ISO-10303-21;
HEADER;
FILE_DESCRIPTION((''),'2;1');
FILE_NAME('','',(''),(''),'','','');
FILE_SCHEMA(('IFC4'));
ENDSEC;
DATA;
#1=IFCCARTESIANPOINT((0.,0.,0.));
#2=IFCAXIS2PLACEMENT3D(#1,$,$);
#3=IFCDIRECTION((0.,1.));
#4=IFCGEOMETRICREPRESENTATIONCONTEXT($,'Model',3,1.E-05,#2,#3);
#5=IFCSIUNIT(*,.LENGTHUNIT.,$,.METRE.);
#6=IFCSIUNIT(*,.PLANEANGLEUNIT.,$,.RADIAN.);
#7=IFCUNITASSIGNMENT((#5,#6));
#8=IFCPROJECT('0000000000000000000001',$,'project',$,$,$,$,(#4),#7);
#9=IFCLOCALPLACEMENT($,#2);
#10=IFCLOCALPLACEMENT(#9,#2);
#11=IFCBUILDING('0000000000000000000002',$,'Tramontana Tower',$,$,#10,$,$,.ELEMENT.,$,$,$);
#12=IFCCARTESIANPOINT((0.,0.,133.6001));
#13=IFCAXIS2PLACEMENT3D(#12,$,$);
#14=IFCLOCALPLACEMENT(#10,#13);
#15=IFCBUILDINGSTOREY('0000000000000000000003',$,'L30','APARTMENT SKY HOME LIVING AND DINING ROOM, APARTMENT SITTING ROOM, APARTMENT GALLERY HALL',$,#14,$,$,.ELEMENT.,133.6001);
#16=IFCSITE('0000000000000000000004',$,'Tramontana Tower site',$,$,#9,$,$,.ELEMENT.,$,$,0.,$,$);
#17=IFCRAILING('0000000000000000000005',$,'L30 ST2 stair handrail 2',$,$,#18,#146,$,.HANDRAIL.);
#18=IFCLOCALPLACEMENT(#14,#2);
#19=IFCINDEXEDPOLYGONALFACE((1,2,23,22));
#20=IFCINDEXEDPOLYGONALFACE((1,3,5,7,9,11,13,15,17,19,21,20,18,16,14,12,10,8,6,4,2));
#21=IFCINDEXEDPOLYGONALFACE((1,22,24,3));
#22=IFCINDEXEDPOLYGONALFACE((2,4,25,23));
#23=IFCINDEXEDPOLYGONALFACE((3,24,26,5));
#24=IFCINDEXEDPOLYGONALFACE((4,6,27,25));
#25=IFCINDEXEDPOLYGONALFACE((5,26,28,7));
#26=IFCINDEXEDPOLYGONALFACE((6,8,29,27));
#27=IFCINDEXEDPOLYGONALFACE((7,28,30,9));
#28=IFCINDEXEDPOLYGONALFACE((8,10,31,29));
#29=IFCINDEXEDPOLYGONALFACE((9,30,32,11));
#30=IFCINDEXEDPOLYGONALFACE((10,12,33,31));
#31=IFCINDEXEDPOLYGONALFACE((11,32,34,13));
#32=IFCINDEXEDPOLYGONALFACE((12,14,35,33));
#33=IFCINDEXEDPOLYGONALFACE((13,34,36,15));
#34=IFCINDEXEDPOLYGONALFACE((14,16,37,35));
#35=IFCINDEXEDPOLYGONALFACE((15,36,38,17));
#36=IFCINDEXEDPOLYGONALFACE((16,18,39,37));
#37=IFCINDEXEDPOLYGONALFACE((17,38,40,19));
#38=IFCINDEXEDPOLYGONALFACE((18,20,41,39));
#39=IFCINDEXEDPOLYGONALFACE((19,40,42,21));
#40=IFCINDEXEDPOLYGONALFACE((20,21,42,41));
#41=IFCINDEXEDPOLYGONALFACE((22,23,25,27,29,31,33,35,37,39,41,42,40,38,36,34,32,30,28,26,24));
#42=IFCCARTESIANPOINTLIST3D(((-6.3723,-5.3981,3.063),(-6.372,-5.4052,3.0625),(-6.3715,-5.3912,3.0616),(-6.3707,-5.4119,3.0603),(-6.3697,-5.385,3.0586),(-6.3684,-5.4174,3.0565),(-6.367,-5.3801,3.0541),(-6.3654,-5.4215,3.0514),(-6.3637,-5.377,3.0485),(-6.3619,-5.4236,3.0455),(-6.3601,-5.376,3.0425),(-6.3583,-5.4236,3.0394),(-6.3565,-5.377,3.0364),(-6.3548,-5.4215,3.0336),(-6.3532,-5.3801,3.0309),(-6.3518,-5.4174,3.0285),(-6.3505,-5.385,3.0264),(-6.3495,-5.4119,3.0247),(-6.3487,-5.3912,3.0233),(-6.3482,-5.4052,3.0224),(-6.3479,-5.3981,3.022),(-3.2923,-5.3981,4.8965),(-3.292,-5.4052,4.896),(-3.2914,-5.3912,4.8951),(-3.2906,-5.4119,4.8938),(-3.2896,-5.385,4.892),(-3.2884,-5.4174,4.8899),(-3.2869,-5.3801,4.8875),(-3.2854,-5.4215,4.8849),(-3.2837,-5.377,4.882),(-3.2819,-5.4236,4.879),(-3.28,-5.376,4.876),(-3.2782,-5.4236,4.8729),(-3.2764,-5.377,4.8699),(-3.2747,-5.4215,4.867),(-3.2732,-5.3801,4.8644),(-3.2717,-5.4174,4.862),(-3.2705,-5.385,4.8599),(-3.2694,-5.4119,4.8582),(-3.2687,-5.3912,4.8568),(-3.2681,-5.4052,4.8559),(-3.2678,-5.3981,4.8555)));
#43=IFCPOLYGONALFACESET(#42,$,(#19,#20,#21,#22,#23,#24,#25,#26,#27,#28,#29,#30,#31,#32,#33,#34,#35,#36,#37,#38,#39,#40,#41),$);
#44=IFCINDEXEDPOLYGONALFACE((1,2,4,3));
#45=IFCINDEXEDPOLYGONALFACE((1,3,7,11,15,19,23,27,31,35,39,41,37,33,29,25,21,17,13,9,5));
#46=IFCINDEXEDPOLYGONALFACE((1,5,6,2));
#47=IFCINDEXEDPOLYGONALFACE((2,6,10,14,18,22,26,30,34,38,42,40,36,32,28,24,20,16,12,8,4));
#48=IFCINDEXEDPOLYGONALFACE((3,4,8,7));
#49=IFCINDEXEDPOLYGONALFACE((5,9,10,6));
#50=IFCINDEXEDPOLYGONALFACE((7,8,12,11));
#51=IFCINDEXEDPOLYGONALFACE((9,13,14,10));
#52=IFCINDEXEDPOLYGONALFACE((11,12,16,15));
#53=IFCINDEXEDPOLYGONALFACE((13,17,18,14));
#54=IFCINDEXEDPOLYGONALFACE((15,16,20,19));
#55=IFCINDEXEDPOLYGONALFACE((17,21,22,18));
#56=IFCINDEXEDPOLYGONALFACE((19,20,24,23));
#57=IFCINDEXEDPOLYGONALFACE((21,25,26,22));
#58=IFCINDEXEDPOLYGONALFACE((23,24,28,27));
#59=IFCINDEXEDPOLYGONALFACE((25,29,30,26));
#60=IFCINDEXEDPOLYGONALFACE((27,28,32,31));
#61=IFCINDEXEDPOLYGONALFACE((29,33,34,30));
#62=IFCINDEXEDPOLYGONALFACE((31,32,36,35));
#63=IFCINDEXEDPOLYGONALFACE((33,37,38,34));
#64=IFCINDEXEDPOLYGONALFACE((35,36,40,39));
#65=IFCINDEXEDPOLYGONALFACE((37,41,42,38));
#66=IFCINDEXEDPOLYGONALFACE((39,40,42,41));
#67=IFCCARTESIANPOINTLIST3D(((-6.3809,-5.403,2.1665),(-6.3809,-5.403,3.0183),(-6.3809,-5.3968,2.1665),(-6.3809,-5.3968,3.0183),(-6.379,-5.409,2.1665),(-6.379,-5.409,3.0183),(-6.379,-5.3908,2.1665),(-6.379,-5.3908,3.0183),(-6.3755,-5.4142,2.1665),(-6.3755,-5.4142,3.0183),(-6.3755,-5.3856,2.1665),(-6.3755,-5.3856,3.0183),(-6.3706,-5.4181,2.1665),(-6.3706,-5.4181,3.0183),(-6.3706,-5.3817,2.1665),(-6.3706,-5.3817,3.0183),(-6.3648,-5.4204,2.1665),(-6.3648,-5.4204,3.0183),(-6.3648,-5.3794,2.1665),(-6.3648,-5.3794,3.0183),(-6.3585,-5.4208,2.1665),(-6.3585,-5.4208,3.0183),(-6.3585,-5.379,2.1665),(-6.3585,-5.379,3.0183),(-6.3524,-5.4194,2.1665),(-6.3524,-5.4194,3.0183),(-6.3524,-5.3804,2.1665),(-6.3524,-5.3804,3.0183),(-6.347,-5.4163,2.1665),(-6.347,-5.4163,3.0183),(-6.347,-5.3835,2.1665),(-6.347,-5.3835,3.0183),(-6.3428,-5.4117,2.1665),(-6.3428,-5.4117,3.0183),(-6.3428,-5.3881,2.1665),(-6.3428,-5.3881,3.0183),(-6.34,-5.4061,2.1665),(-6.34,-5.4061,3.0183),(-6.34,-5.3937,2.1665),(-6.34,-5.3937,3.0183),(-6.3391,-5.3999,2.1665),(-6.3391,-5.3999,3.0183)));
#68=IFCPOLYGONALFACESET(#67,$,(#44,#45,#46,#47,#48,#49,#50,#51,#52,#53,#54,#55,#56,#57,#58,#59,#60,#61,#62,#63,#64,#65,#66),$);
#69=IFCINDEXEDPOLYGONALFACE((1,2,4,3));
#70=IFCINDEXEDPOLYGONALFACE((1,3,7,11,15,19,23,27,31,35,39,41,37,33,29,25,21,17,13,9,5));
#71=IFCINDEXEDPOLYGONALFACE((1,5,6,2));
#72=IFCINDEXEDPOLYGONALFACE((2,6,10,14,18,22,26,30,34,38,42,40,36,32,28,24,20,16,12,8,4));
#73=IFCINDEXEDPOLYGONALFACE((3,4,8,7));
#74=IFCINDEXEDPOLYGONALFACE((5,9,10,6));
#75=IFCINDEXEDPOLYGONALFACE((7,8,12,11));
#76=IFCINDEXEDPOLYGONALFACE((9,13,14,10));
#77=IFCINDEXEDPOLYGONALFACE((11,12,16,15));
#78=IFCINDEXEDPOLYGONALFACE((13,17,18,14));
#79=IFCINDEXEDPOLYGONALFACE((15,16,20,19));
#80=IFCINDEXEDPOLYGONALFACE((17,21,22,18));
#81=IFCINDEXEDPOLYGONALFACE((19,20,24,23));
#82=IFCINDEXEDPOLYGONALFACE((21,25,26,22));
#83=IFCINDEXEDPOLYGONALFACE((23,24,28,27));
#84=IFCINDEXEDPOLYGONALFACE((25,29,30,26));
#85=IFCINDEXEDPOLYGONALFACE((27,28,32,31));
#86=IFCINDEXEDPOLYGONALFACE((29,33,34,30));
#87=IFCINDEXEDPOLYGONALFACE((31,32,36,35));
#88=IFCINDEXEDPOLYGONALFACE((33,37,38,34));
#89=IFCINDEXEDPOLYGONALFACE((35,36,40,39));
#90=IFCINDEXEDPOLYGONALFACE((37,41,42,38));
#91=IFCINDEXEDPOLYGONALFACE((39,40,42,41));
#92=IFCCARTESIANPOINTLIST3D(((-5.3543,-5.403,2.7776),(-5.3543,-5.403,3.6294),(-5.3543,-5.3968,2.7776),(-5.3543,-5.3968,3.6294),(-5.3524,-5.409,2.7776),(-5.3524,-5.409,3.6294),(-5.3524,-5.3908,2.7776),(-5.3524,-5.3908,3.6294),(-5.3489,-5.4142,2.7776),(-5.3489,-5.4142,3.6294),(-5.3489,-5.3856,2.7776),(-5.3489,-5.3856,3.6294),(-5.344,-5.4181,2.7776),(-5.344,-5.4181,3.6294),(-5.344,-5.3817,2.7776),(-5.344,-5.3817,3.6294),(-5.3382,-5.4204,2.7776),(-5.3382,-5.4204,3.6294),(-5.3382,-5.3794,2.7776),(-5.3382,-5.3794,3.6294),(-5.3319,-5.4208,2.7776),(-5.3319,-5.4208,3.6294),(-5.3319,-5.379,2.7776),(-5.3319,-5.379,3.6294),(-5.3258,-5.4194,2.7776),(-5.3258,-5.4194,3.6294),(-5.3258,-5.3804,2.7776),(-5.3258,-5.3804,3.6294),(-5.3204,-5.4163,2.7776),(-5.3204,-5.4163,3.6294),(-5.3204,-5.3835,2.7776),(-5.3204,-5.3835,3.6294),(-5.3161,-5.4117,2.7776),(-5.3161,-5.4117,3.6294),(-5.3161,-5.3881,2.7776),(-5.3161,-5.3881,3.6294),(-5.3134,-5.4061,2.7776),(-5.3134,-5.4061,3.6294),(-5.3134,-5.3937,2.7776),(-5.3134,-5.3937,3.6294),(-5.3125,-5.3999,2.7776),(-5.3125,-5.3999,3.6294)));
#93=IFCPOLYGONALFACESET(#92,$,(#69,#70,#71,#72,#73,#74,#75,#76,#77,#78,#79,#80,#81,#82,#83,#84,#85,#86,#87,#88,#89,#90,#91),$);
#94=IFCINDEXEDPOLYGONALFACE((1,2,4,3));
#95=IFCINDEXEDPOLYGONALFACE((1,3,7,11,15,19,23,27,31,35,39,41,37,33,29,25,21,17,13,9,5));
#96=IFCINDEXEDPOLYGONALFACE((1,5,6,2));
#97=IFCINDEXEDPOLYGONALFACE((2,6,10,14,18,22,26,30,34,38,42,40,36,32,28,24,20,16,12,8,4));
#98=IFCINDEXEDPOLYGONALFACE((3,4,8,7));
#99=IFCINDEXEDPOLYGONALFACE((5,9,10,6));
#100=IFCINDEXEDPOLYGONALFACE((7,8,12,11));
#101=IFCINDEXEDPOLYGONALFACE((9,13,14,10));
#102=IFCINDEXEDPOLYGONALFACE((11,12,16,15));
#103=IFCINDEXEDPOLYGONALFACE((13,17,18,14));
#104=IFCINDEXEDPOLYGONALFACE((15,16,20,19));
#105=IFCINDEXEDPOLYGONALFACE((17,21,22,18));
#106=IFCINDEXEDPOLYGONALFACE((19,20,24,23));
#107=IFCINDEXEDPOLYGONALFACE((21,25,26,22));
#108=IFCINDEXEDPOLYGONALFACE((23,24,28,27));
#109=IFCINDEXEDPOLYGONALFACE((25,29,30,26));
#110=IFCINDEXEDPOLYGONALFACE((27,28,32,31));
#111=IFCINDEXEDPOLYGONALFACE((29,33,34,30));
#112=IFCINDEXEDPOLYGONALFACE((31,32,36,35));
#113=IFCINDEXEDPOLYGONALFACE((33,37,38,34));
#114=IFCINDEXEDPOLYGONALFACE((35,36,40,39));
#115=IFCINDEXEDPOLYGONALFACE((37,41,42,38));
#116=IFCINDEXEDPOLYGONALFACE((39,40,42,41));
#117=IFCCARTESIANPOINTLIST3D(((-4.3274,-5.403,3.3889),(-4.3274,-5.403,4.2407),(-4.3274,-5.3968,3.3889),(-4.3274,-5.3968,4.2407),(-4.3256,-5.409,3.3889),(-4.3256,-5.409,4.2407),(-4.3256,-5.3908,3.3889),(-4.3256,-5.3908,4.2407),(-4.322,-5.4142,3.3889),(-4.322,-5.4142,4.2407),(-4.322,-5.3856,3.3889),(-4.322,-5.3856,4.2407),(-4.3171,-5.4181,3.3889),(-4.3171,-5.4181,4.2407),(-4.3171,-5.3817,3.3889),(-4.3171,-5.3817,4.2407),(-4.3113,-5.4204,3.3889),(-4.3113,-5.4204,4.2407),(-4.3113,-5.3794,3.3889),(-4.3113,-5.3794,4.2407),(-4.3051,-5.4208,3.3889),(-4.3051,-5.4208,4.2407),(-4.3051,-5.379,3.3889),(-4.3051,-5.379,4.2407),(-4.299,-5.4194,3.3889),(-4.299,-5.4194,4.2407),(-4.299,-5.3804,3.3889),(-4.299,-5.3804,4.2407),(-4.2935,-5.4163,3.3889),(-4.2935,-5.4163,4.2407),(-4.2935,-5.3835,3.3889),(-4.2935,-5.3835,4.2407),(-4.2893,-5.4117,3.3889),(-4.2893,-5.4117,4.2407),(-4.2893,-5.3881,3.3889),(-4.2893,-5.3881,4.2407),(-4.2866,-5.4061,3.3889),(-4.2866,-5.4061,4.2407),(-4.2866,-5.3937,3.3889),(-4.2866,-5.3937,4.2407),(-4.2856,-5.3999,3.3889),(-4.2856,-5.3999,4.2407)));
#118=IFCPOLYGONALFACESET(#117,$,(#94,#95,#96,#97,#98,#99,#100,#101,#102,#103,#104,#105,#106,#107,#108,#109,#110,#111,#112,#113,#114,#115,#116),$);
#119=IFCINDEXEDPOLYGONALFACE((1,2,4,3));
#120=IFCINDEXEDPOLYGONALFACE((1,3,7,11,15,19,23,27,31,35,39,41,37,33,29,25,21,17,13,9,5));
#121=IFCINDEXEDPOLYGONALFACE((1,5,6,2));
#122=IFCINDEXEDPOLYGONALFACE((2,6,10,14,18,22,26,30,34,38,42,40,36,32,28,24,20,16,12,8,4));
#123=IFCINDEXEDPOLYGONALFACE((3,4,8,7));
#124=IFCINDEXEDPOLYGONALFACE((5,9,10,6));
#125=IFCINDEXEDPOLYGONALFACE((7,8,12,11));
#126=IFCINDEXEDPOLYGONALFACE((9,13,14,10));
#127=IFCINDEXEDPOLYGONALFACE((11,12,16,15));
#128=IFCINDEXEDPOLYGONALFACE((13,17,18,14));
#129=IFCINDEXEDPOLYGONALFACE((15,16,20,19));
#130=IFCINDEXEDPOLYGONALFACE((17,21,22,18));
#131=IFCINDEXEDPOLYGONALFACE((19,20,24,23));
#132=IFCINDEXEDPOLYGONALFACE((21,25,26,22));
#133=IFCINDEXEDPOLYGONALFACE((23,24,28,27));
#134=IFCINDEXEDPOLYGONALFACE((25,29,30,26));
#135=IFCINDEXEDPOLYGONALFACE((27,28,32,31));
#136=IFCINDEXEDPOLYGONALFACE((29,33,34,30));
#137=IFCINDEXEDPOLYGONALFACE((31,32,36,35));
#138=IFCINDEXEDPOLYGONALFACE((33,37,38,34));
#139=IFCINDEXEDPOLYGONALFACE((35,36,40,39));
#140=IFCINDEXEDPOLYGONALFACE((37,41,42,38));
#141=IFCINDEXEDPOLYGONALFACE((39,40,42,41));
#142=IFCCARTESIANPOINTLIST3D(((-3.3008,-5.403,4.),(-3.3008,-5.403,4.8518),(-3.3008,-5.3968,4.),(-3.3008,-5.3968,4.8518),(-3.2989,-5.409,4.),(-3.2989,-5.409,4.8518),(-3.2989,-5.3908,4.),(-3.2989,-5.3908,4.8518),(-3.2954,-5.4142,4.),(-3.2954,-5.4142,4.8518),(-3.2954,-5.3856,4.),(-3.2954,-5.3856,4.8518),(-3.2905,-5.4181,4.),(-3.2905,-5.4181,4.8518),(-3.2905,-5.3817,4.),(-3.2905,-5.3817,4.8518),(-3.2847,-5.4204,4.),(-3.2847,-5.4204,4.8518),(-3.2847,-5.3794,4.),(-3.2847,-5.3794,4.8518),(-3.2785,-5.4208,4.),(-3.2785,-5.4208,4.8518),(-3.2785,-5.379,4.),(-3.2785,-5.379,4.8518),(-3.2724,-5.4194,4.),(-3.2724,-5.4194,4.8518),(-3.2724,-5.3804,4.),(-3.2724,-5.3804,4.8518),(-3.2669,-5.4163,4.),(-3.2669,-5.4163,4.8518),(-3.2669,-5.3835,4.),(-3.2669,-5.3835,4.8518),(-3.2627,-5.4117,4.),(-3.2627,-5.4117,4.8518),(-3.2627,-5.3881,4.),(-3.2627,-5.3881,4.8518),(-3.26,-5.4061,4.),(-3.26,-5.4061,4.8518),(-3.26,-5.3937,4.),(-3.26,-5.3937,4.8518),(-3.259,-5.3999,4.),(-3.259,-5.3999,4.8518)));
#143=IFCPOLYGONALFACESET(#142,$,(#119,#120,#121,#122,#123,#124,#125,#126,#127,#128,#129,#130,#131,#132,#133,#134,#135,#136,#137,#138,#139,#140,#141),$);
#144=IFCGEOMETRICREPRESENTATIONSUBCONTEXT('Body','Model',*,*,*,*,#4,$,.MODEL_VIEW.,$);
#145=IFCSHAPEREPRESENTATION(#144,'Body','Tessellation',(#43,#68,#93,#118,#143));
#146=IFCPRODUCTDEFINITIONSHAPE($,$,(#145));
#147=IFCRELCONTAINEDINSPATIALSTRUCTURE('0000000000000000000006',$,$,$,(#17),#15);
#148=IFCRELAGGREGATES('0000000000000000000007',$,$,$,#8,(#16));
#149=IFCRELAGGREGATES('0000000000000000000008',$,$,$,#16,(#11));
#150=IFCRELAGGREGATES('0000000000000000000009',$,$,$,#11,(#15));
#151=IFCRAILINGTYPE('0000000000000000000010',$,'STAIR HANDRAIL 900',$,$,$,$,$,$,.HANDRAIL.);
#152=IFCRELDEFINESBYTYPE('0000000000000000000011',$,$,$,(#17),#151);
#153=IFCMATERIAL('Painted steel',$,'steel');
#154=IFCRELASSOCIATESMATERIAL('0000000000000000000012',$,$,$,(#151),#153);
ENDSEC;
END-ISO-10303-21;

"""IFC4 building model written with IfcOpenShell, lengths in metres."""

from ifc_helpers import new_model, si_unit, direction, frame, origin, origin_2d, place, context, subcontext, project, spatial, circle, extrude, material, type_object, element, save


model = new_model("IFC4")

# Units and contexts
model_context = context("Model", 3, precision=1e-05, world=origin(), true_north=direction((0.0, 1.0)))
body_context = subcontext(model_context, "Body", "Model", "MODEL_VIEW")
ifc_project = project(units=[si_unit("LENGTHUNIT", "METRE"), si_unit("PLANEANGLEUNIT", "RADIAN")], contexts=[model_context])

# Site, building, storey
site_placement = place(None, origin())
site = spatial("IfcSite", under=ifc_project, at=site_placement, Name="Tramontana Tower site", CompositionType="ELEMENT", RefElevation=0.0)
building_placement = place(site_placement, origin())
building = spatial("IfcBuilding", under=site, at=building_placement, Name="Tramontana Tower", CompositionType="ELEMENT")
storey_placement = place(building_placement, frame((0.0, 0.0, 133.6001)))
storey = spatial("IfcBuildingStorey", under=building, at=storey_placement, Name="L30", Description="APARTMENT SKY HOME LIVING AND DINING ROOM, APARTMENT SITTING ROOM, APARTMENT GALLERY HALL", CompositionType="ELEMENT", Elevation=133.6001)

# Railing
ifc_material_1 = material(Name="Painted steel", Category="steel")
railing_type_1 = type_object("IfcRailingType", Name="STAIR HANDRAIL 900", PredefinedType="HANDRAIL", material=ifc_material_1)
railing_1_placement = place(storey_placement, frame((-6.3601, -5.3999, 2.1665)))
element("IfcRailing", 1, at=railing_1_placement, inside=storey, type_object=railing_type_1, Name="L30 ST2 stair handrail 2", PredefinedType="HANDRAIL", context=body_context, shape_type="SweptSolid", body=[
    extrude(circle(Radius=0.0239, at=origin_2d()), frame((0.0, 0.0, 0.876), z_axis=(0.859279, 0.0, 0.511508), x_axis=(0.0, 1.0, 0.0)), (0.0, 0.0, 1.0), 3.5845),
    extrude(circle(Radius=0.021, at=origin_2d()), origin(), (0.0, 0.0, 1.0), 0.8518),
    extrude(circle(Radius=0.021, at=origin_2d()), frame((1.0266, 0.0, 0.6111)), (0.0, 0.0, 1.0), 0.8518),
    extrude(circle(Radius=0.021, at=origin_2d()), frame((2.0535, 0.0, 1.2224)), (0.0, 0.0, 1.0), 0.8518),
    extrude(circle(Radius=0.021, at=origin_2d()), frame((3.0801, 0.0, 1.8335)), (0.0, 0.0, 1.0), 0.8518),
])

save(model, "model.ifc")
